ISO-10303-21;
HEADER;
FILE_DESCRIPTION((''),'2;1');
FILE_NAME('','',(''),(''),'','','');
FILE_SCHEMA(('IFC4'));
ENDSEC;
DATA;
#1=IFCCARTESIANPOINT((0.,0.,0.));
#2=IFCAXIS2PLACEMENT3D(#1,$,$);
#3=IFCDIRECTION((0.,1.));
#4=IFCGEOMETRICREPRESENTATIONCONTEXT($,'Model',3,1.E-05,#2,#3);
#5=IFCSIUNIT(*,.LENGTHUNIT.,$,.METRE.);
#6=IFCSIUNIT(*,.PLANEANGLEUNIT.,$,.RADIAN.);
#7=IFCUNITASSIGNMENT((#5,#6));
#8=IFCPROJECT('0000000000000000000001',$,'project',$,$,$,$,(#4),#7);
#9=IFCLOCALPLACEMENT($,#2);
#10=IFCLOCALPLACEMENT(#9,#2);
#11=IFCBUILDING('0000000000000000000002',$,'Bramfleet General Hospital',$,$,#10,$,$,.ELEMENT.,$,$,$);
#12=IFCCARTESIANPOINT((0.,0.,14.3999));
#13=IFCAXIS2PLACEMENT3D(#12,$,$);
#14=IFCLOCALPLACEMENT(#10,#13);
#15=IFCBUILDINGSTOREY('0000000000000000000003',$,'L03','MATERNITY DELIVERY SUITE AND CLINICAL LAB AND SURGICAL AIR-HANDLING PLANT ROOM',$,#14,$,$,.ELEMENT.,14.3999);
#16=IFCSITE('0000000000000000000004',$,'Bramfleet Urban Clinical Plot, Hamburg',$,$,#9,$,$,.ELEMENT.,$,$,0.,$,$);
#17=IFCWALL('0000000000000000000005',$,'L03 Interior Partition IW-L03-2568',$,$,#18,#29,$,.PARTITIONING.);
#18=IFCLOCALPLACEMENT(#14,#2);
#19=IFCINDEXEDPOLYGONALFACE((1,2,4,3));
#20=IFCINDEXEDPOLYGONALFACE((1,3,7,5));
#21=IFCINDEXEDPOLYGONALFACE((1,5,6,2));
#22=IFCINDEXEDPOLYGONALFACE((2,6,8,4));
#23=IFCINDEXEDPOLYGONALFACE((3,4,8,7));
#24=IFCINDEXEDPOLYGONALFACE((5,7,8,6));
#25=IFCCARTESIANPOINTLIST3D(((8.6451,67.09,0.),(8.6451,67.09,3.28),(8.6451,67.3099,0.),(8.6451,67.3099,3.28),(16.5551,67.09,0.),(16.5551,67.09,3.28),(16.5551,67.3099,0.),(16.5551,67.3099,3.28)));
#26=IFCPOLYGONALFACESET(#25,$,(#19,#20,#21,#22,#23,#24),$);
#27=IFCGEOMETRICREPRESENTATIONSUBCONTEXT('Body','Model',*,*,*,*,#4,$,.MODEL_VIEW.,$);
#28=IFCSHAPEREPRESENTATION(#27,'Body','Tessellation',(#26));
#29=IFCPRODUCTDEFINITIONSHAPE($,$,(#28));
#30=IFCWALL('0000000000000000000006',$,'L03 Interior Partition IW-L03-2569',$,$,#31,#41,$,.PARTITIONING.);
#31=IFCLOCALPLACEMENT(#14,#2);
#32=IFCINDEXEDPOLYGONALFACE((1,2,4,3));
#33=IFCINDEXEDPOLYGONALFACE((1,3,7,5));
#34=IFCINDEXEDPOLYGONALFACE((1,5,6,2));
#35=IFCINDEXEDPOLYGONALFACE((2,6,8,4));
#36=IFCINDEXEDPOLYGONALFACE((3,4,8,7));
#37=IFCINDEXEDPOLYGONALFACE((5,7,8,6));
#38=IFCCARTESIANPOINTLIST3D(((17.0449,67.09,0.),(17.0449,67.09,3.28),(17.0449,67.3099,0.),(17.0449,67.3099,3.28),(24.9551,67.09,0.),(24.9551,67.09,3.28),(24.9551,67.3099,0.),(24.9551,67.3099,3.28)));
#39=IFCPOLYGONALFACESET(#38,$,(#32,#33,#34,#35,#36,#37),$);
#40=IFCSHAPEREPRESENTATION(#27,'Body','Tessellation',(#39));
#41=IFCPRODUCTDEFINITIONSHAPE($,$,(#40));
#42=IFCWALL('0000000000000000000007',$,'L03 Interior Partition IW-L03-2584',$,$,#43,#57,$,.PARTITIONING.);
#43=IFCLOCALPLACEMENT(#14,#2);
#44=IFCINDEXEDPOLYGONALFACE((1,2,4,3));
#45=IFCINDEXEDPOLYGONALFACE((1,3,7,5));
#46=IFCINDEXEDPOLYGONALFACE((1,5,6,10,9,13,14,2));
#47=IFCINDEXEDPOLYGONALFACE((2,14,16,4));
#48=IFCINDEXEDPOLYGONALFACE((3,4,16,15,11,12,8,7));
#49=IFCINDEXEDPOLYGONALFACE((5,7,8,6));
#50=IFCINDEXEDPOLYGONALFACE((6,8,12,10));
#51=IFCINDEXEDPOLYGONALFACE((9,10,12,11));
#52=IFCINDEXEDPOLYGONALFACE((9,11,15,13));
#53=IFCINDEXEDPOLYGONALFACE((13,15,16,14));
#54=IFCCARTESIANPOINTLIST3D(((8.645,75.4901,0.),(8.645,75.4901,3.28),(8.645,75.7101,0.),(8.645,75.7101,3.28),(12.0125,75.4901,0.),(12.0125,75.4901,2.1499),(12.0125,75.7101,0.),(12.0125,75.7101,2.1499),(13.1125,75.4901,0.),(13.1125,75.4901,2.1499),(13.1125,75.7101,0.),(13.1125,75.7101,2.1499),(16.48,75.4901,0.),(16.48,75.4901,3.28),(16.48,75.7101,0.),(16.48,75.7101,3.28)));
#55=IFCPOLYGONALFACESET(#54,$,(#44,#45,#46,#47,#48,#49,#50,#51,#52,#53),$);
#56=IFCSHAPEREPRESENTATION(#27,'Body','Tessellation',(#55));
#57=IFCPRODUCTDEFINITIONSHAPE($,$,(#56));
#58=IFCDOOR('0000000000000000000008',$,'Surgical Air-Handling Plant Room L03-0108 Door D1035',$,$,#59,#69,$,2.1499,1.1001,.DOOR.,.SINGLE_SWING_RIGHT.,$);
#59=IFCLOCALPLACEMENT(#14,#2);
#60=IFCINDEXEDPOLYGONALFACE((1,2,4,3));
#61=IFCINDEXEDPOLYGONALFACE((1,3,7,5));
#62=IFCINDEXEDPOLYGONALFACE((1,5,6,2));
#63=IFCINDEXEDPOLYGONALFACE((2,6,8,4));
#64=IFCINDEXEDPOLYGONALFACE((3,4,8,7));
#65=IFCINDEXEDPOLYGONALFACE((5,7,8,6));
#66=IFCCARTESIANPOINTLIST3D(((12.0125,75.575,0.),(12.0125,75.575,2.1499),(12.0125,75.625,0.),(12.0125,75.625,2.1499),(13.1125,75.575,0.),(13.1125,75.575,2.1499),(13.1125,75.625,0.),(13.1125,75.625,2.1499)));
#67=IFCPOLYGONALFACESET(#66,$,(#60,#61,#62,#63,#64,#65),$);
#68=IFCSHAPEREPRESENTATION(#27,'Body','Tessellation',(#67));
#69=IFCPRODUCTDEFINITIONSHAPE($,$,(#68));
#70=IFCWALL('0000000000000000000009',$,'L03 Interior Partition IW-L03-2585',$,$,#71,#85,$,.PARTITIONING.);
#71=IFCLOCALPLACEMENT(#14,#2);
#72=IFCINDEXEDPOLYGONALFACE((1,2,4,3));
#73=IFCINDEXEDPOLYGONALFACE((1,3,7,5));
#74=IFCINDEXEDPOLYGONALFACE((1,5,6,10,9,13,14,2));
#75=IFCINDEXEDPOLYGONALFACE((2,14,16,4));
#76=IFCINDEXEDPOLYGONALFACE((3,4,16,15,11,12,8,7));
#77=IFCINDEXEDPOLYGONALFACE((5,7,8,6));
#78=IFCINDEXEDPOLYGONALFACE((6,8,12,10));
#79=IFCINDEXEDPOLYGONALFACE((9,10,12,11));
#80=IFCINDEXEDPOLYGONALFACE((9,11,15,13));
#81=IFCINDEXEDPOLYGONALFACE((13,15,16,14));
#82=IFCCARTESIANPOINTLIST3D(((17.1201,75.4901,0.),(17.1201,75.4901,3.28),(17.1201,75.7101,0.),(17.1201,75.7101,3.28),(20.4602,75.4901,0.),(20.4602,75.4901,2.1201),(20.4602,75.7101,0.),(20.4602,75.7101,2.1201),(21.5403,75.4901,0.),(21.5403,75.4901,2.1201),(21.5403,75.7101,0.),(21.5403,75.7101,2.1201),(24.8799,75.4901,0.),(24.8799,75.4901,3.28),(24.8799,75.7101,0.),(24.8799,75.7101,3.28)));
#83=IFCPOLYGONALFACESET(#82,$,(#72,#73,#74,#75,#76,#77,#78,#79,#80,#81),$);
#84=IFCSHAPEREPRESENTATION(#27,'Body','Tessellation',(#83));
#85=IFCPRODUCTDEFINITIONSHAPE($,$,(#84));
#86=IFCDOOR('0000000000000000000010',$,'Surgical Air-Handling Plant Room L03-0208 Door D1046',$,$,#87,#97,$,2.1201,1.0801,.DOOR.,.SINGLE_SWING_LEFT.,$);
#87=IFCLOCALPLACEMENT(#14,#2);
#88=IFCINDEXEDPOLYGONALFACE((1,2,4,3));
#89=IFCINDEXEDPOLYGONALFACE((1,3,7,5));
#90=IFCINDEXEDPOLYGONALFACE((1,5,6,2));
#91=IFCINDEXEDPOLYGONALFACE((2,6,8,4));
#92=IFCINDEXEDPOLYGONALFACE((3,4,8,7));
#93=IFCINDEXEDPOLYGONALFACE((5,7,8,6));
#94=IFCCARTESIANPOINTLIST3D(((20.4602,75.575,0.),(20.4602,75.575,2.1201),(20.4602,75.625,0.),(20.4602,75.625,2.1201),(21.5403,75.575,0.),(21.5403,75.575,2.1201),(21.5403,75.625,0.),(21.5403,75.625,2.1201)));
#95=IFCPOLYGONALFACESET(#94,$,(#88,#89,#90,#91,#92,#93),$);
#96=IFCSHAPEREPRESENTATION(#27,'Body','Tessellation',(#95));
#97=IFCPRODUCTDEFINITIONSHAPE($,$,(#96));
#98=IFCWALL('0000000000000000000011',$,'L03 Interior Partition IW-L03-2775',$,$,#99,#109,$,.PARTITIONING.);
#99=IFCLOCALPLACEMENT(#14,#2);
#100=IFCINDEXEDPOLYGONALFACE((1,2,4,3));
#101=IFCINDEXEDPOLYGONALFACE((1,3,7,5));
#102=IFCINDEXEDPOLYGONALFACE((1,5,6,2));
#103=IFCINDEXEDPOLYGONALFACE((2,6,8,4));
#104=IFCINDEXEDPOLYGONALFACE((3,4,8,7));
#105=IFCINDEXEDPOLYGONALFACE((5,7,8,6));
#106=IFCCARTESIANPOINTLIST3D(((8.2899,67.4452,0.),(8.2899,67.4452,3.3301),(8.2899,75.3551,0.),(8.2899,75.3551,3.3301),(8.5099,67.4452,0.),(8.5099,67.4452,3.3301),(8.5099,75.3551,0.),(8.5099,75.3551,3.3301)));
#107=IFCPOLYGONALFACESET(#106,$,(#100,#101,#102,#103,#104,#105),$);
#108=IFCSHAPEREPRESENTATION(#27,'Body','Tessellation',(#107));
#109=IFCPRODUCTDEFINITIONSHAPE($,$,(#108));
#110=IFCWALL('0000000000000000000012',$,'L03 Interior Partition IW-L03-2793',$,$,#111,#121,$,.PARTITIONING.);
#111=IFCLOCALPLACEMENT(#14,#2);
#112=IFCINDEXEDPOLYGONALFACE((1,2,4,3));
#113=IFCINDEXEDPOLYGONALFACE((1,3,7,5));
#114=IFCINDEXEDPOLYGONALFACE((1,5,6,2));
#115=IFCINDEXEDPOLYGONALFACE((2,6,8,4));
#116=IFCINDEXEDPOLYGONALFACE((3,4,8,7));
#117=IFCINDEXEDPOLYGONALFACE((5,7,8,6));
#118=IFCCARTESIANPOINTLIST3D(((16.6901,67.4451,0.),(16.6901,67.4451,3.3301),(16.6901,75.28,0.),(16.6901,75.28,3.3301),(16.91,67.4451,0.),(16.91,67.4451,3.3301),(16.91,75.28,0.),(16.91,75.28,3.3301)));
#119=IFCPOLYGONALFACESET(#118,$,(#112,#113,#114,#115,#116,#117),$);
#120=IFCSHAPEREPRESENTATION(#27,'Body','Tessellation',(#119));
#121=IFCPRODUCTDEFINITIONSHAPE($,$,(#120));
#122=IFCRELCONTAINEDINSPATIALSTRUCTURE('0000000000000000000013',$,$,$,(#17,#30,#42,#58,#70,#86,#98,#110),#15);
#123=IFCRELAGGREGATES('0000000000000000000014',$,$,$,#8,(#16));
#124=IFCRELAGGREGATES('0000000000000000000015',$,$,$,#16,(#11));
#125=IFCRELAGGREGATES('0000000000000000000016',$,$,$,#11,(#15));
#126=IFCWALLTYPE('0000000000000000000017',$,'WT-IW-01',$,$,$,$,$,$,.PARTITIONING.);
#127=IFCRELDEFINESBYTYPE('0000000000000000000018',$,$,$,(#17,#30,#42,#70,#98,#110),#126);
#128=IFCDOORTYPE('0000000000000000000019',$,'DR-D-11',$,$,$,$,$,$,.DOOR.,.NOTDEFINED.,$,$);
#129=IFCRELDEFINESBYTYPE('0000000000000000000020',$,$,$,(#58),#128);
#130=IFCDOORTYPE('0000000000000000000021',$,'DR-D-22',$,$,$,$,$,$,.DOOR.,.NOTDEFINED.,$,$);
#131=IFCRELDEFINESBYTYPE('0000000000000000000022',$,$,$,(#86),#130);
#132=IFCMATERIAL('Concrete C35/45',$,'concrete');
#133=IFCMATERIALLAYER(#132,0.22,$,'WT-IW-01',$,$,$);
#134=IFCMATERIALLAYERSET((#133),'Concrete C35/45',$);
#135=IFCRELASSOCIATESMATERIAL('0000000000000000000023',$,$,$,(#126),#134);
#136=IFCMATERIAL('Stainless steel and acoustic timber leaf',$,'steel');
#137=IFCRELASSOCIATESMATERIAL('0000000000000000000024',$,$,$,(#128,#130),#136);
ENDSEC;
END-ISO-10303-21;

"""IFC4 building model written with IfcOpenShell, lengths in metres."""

from ifc_helpers import new_model, si_unit, direction, frame, frame_2d, origin, place, context, subcontext, project, spatial, rectangle, extrude, material, layer, layer_set, type_object, element, fill, save


model = new_model("IFC4")

# Units and contexts
model_context = context("Model", 3, precision=1e-05, world=origin(), true_north=direction((0.0, 1.0)))
body_context = subcontext(model_context, "Body", "Model", "MODEL_VIEW")
ifc_project = project(units=[si_unit("LENGTHUNIT", "METRE"), si_unit("PLANEANGLEUNIT", "RADIAN")], contexts=[model_context])

# Site, building, storey
site_placement = place(None, origin())
site = spatial("IfcSite", under=ifc_project, at=site_placement, Name="Bramfleet Urban Clinical Plot, Hamburg", CompositionType="ELEMENT", RefElevation=0.0)
building_placement = place(site_placement, origin())
building = spatial("IfcBuilding", under=site, at=building_placement, Name="Bramfleet General Hospital", CompositionType="ELEMENT")
storey_placement = place(building_placement, frame((0.0, 0.0, 14.3999)))
storey = spatial("IfcBuildingStorey", under=building, at=storey_placement, Name="L03", Description="MATERNITY DELIVERY SUITE AND CLINICAL LAB AND SURGICAL AIR-HANDLING PLANT ROOM", CompositionType="ELEMENT", Elevation=14.3999)

# Shared definitions
ifc_material_1 = material(Name="Concrete C35/45", Category="concrete")

# Walls
ifc_layer_1 = layer(ifc_material_1, 0.22, Name="WT-IW-01")
ifc_layer_set_1 = layer_set([ifc_layer_1], Name="Concrete C35/45")
wall_type = type_object("IfcWallType", Name="WT-IW-01", PredefinedType="PARTITIONING", material=ifc_layer_set_1)
wall_1_placement = place(storey_placement, frame((8.645, 67.2, 0.0), z_axis=(0.0, 0.0, 1.0), x_axis=(1.0, 0.0, 0.0)))
element("IfcWall", 1, at=wall_1_placement, inside=storey, type_object=wall_type, Name="L03 Interior Partition IW-L03-2568", PredefinedType="PARTITIONING", context=body_context, shape_type="SweptSolid", body=[
    extrude(rectangle(XDim=7.9099, YDim=0.22, at=frame_2d((3.9551, 0.0))), origin(), (0.0, 0.0, 1.0), 3.28),
])
wall_2_placement = place(storey_placement, frame((17.0449, 67.2, 0.0), z_axis=(0.0, 0.0, 1.0), x_axis=(1.0, 0.0, 0.0)))
element("IfcWall", 2, at=wall_2_placement, inside=storey, type_object=wall_type, Name="L03 Interior Partition IW-L03-2569", PredefinedType="PARTITIONING", context=body_context, shape_type="SweptSolid", body=[
    extrude(rectangle(XDim=7.9102, YDim=0.22, at=frame_2d((3.9551, 0.0))), origin(), (0.0, 0.0, 1.0), 3.28),
])

# Walls, openings, doors
wall_3_placement = place(storey_placement, frame((8.645, 75.6001, 0.0), z_axis=(0.0, 0.0, 1.0), x_axis=(1.0, 0.0, 0.0)))
wall_3 = element("IfcWall", 3, at=wall_3_placement, inside=storey, type_object=wall_type, Name="L03 Interior Partition IW-L03-2584", PredefinedType="PARTITIONING", context=body_context, shape_type="SweptSolid", body=[
    extrude(rectangle(XDim=7.835, YDim=0.22, at=frame_2d((3.9175, 0.0))), origin(), (0.0, 0.0, 1.0), 3.28),
])
opening_1_placement = place(wall_3_placement, frame((3.3674, 0.0, 0.0)))
opening_1 = element("IfcOpeningElement", 4, at=opening_1_placement, cuts=wall_3, PredefinedType="OPENING", context=body_context, shape_type="SweptSolid", body=[
    extrude(rectangle(XDim=1.1001, YDim=2.1499, at=frame_2d((0.55, 1.075))), frame((0.0, 0.1199, 0.0), z_axis=(0.0, -1.0, 0.0), x_axis=(1.0, 0.0, 0.0)), (0.0, 0.0, 1.0), 0.24),
])
ifc_material_2 = material(Name="Stainless steel and acoustic timber leaf", Category="steel")
door_type_1 = type_object("IfcDoorType", Name="DR-D-11", OperationType="NOTDEFINED", PredefinedType="DOOR", material=ifc_material_2)
door_1_placement = place(opening_1_placement, origin())
door_1 = element("IfcDoor", 5, at=door_1_placement, inside=storey, type_object=door_type_1, Name="Surgical Air-Handling Plant Room L03-0108 Door D1035", OperationType="SINGLE_SWING_RIGHT", OverallHeight=2.1499, OverallWidth=1.1001, PredefinedType="DOOR", context=body_context, shape_type="SweptSolid", body=[
    extrude(rectangle(XDim=1.1001, YDim=2.1499, at=frame_2d((0.55, 1.075))), frame((0.0, 0.0249, 0.0), z_axis=(0.0, -1.0, 0.0), x_axis=(1.0, 0.0, 0.0)), (0.0, 0.0, 1.0), 0.05),
])
fill(opening_1, door_1)
wall_4_placement = place(storey_placement, frame((17.1201, 75.6001, 0.0), z_axis=(0.0, 0.0, 1.0), x_axis=(1.0, 0.0, 0.0)))
wall_4 = element("IfcWall", 6, at=wall_4_placement, inside=storey, type_object=wall_type, Name="L03 Interior Partition IW-L03-2585", PredefinedType="PARTITIONING", context=body_context, shape_type="SweptSolid", body=[
    extrude(rectangle(XDim=7.7598, YDim=0.22, at=frame_2d((3.8799, 0.0))), origin(), (0.0, 0.0, 1.0), 3.28),
])
opening_2_placement = place(wall_4_placement, frame((3.3401, 0.0, 0.0)))
opening_2 = element("IfcOpeningElement", 7, at=opening_2_placement, cuts=wall_4, PredefinedType="OPENING", context=body_context, shape_type="SweptSolid", body=[
    extrude(rectangle(XDim=1.0801, YDim=2.1201, at=frame_2d((0.54, 1.0601))), frame((0.0, 0.1199, 0.0), z_axis=(0.0, -1.0, 0.0), x_axis=(1.0, 0.0, 0.0)), (0.0, 0.0, 1.0), 0.24),
])
door_type_2 = type_object("IfcDoorType", Name="DR-D-22", OperationType="NOTDEFINED", PredefinedType="DOOR", material=ifc_material_2)
door_2_placement = place(opening_2_placement, origin())
door_2 = element("IfcDoor", 8, at=door_2_placement, inside=storey, type_object=door_type_2, Name="Surgical Air-Handling Plant Room L03-0208 Door D1046", OperationType="SINGLE_SWING_LEFT", OverallHeight=2.1201, OverallWidth=1.0801, PredefinedType="DOOR", context=body_context, shape_type="SweptSolid", body=[
    extrude(rectangle(XDim=1.0801, YDim=2.1201, at=frame_2d((0.54, 1.0601))), frame((0.0, 0.0249, 0.0), z_axis=(0.0, -1.0, 0.0), x_axis=(1.0, 0.0, 0.0)), (0.0, 0.0, 1.0), 0.05),
])
fill(opening_2, door_2)

# Walls
wall_5_placement = place(storey_placement, frame((8.3999, 67.4451, 0.0), z_axis=(0.0, 0.0, 1.0), x_axis=(0.0, 1.0, 0.0)))
element("IfcWall", 9, at=wall_5_placement, inside=storey, type_object=wall_type, Name="L03 Interior Partition IW-L03-2775", PredefinedType="PARTITIONING", context=body_context, shape_type="SweptSolid", body=[
    extrude(rectangle(XDim=7.9099, YDim=0.22, at=frame_2d((3.9551, 0.0))), origin(), (0.0, 0.0, 1.0), 3.3301),
])
wall_6_placement = place(storey_placement, frame((16.8, 67.4451, 0.0), z_axis=(0.0, 0.0, 1.0), x_axis=(0.0, 1.0, 0.0)))
element("IfcWall", 10, at=wall_6_placement, inside=storey, type_object=wall_type, Name="L03 Interior Partition IW-L03-2793", PredefinedType="PARTITIONING", context=body_context, shape_type="SweptSolid", body=[
    extrude(rectangle(XDim=7.835, YDim=0.22, at=frame_2d((3.9175, 0.0))), origin(), (0.0, 0.0, 1.0), 3.3301),
])

save(model, "model.ifc")
